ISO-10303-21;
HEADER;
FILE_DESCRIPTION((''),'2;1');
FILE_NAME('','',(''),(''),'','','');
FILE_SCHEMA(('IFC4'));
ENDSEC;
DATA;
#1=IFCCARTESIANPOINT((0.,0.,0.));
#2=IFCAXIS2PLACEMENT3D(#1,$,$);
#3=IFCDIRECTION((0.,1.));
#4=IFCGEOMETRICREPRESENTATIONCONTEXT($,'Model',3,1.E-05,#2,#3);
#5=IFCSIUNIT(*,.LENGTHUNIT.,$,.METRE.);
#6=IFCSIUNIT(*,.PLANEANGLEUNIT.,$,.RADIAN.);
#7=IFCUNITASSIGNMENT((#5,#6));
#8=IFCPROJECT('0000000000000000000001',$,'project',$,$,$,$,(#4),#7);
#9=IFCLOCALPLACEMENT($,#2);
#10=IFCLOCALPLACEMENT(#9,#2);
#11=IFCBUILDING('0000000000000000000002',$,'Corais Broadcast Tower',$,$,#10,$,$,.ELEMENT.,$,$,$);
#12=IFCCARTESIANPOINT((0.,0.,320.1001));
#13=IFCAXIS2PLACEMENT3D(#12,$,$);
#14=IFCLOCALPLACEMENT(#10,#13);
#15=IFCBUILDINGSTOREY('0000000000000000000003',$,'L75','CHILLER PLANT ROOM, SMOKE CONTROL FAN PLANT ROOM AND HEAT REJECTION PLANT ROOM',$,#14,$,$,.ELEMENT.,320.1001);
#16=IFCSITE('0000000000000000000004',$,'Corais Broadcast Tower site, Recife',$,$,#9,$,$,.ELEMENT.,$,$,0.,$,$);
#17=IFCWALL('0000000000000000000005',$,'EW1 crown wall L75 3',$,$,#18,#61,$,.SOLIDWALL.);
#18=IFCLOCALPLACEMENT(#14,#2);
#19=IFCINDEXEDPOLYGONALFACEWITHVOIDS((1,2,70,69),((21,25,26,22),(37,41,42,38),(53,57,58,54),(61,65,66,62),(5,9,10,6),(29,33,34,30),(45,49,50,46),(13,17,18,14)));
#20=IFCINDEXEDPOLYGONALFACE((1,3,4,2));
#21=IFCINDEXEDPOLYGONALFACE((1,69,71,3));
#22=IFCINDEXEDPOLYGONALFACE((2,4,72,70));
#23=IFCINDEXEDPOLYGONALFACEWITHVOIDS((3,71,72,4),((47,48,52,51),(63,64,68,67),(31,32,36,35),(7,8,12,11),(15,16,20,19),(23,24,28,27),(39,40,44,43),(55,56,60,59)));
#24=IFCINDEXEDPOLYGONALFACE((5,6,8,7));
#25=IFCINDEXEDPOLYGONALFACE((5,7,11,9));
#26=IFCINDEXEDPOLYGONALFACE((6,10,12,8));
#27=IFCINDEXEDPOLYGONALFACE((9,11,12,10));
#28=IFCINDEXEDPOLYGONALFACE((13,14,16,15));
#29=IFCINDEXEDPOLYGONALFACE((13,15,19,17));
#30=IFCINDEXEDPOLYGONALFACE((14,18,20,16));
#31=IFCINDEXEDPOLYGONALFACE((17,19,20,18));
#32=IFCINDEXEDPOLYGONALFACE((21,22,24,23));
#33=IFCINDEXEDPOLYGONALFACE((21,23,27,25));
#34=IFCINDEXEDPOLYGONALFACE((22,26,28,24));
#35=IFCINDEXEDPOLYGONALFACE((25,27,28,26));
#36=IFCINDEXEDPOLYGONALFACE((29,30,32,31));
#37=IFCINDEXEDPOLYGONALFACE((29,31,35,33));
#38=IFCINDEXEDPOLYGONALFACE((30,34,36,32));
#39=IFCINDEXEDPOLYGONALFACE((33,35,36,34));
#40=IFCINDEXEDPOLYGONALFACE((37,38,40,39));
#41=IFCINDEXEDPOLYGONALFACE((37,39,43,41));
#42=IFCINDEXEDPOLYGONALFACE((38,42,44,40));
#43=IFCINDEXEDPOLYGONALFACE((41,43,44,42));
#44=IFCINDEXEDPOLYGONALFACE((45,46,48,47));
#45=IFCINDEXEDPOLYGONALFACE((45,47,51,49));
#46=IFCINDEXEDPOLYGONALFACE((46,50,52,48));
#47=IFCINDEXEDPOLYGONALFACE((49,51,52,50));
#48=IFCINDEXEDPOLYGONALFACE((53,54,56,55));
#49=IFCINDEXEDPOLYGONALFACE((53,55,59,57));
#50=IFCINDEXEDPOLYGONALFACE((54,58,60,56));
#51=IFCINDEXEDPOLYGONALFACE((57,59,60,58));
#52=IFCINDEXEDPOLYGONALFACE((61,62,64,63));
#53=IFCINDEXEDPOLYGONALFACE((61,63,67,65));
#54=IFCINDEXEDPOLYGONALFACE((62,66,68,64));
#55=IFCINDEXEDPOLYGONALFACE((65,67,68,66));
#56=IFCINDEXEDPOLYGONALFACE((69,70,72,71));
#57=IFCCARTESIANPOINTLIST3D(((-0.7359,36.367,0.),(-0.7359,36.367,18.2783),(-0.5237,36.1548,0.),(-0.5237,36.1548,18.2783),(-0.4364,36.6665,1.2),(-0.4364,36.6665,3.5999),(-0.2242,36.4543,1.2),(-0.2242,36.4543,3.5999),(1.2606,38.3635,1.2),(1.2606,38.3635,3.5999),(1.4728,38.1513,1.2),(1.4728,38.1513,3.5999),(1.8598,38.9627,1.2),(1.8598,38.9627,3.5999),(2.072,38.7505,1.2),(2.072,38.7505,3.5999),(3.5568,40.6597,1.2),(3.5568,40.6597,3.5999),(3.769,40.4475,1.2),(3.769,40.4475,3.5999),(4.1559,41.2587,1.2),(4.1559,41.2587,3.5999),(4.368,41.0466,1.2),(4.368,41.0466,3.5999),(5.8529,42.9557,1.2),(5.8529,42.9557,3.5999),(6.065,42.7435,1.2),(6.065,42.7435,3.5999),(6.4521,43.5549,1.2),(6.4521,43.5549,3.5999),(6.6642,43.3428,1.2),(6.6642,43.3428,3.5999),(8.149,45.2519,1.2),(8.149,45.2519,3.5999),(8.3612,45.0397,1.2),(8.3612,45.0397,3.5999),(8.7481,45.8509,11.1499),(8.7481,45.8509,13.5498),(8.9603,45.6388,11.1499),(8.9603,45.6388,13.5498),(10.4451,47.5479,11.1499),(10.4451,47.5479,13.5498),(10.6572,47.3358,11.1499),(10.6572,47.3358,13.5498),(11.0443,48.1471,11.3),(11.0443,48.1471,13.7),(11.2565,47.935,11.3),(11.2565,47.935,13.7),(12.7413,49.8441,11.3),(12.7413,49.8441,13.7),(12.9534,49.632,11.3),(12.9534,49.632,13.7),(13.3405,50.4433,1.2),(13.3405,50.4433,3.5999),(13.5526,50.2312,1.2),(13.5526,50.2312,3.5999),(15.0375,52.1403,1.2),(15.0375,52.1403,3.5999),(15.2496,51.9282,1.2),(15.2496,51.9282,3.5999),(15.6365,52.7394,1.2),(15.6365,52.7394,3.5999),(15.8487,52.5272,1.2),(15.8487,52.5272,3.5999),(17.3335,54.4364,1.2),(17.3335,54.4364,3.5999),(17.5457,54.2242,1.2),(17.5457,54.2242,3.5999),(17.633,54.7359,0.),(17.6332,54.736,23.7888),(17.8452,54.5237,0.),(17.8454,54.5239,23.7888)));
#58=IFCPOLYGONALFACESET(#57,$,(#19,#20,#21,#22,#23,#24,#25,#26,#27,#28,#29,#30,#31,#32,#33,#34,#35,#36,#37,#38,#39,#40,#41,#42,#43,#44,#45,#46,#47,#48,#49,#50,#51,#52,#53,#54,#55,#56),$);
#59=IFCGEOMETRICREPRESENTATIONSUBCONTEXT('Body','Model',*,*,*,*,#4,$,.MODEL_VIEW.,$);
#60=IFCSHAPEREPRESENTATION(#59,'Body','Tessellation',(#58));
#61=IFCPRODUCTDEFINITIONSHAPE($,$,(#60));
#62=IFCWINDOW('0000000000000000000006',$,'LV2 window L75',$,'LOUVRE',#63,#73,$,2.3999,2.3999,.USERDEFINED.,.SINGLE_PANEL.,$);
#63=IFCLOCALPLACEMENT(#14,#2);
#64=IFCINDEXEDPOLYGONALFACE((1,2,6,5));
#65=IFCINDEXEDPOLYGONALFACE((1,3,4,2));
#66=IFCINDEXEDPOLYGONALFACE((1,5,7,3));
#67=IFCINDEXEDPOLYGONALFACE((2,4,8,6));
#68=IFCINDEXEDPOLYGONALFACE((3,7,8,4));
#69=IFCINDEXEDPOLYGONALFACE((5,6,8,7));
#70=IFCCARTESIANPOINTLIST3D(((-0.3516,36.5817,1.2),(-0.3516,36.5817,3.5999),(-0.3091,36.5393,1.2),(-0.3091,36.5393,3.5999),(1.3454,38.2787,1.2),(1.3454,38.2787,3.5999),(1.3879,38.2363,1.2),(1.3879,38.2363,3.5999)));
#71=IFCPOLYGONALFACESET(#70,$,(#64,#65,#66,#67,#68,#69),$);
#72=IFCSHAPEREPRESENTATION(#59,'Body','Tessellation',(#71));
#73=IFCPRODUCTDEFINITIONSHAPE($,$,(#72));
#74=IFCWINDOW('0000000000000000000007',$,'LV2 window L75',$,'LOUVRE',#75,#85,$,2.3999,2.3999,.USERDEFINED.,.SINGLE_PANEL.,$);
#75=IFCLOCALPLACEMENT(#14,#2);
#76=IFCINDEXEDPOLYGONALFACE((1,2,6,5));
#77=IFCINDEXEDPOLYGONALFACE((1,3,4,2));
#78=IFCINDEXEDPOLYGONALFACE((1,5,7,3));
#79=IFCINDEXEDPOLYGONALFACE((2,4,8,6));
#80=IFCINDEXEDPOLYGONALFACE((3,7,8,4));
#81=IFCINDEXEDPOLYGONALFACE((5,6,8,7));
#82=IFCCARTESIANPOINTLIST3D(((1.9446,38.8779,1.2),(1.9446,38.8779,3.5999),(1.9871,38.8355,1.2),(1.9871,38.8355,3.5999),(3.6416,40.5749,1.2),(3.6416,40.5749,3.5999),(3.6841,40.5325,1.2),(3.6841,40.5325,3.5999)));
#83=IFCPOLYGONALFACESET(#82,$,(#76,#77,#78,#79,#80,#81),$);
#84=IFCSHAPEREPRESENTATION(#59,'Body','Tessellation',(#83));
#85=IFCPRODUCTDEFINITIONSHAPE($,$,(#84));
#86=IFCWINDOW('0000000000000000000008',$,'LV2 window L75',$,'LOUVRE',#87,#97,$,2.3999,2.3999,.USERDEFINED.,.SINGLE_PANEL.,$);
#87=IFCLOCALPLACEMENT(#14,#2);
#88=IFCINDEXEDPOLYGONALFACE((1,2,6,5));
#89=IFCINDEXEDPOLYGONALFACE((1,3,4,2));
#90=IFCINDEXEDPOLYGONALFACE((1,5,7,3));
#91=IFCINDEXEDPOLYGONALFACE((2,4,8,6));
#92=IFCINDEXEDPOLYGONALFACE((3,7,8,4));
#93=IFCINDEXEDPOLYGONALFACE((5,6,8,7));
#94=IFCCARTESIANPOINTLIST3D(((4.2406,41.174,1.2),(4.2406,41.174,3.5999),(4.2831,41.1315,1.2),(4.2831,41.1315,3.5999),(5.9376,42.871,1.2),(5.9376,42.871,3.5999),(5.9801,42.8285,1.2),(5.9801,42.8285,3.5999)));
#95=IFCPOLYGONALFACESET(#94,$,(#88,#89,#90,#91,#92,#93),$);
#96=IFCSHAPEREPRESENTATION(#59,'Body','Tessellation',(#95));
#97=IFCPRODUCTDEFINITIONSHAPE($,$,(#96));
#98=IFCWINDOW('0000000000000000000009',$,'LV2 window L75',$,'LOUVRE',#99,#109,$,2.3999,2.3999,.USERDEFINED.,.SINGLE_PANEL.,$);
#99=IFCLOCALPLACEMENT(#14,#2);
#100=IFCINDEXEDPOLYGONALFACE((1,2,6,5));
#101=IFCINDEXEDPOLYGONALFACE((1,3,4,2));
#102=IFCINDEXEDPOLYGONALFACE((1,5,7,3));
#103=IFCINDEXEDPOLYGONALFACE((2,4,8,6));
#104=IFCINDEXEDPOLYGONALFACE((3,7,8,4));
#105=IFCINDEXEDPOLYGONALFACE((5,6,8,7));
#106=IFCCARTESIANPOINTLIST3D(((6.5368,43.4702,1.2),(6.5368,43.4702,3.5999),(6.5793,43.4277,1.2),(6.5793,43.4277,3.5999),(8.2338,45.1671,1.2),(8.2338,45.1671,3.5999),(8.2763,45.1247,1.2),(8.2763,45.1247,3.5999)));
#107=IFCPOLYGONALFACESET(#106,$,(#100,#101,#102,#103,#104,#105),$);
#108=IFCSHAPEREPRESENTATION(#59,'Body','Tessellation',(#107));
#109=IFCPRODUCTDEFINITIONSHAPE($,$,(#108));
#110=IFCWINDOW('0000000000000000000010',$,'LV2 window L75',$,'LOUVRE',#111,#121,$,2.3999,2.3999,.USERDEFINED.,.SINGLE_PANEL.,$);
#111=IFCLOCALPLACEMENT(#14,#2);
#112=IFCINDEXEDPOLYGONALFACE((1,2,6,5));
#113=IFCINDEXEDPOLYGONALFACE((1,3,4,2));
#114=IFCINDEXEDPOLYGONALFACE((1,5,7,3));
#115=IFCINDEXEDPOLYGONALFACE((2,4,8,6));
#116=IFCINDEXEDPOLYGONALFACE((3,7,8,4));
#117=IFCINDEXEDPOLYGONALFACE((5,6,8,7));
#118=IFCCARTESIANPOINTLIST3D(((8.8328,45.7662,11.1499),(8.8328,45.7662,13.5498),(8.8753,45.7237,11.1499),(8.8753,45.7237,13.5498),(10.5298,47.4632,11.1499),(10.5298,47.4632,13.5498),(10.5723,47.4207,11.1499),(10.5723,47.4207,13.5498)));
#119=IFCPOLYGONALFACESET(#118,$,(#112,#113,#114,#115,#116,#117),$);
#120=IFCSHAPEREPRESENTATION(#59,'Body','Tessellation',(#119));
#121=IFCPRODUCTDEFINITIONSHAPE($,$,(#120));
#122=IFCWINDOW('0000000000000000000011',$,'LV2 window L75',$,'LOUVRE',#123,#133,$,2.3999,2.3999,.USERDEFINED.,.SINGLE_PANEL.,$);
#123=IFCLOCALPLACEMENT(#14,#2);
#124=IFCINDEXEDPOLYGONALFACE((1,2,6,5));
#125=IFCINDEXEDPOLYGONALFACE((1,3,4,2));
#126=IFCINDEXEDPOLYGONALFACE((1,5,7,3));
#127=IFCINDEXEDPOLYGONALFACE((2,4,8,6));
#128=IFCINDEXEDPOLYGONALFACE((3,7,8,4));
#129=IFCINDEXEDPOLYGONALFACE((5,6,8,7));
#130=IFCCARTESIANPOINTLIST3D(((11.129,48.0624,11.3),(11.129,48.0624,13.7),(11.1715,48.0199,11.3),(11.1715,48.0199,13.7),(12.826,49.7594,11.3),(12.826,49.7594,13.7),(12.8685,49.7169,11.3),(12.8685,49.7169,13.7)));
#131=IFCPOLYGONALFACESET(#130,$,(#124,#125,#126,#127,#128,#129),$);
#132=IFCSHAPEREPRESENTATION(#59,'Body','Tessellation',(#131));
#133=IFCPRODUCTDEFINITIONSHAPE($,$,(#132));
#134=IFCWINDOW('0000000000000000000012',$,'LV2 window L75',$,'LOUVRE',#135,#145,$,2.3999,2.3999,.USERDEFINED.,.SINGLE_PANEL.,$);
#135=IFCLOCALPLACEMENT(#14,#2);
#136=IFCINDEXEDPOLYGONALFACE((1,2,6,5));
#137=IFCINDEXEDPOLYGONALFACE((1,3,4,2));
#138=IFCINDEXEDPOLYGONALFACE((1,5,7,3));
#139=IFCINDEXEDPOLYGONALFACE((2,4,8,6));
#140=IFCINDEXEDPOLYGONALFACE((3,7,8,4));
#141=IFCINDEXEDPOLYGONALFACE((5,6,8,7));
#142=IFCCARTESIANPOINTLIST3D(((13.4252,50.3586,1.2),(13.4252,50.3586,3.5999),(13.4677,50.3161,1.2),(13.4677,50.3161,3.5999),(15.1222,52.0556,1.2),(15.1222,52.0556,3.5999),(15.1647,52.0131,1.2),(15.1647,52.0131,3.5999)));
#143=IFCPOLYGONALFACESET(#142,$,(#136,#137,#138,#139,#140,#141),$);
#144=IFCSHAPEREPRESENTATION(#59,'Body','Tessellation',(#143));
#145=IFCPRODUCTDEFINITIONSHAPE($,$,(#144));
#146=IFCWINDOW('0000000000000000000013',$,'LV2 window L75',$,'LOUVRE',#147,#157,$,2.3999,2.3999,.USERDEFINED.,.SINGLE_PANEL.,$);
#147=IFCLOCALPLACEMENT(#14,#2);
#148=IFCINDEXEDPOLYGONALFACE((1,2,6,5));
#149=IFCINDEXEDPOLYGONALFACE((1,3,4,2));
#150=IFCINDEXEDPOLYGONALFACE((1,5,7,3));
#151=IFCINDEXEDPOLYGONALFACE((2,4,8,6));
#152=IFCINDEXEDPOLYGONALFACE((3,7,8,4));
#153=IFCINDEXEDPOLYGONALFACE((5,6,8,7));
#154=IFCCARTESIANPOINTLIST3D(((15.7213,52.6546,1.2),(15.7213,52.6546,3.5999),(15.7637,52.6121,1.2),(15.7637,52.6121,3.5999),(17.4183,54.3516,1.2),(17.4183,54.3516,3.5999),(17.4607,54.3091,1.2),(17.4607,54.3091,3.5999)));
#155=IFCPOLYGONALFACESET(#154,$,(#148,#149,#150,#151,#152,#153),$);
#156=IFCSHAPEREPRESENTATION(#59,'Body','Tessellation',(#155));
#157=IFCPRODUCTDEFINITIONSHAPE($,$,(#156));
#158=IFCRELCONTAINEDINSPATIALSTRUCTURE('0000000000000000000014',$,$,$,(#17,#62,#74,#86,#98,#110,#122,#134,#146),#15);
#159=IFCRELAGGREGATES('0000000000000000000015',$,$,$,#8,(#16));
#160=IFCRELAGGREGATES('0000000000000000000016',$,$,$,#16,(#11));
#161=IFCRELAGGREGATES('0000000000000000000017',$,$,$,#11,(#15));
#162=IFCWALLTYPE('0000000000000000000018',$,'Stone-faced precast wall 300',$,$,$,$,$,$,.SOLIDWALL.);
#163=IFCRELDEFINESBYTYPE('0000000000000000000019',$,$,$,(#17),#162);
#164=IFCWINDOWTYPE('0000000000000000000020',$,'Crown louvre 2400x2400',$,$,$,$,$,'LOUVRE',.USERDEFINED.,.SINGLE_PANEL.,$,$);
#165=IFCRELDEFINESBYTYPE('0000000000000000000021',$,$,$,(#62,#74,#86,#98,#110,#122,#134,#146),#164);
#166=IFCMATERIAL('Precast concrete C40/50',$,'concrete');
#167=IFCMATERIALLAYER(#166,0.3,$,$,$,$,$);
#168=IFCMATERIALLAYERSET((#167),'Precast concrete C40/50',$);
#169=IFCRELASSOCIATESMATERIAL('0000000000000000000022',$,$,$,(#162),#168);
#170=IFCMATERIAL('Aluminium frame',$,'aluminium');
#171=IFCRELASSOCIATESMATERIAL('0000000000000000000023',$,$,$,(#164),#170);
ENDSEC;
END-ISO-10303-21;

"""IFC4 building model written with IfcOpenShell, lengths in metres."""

from ifc_helpers import new_model, si_unit, direction, frame, frame_2d, origin, place, context, subcontext, project, spatial, polyline, rectangle, outline, extrude, material, layer, layer_set, type_object, element, fill, save


model = new_model("IFC4")

# Units and contexts
model_context = context("Model", 3, precision=1e-05, world=origin(), true_north=direction((0.0, 1.0)))
body_context = subcontext(model_context, "Body", "Model", "MODEL_VIEW")
ifc_project = project(units=[si_unit("LENGTHUNIT", "METRE"), si_unit("PLANEANGLEUNIT", "RADIAN")], contexts=[model_context])

# Site, building, storey
site_placement = place(None, origin())
site = spatial("IfcSite", under=ifc_project, at=site_placement, Name="Corais Broadcast Tower site, Recife", CompositionType="ELEMENT", RefElevation=0.0)
building_placement = place(site_placement, origin())
building = spatial("IfcBuilding", under=site, at=building_placement, Name="Corais Broadcast Tower", CompositionType="ELEMENT")
storey_placement = place(building_placement, frame((0.0, 0.0, 320.1001)))
storey = spatial("IfcBuildingStorey", under=building, at=storey_placement, Name="L75", Description="CHILLER PLANT ROOM, SMOKE CONTROL FAN PLANT ROOM AND HEAT REJECTION PLANT ROOM", CompositionType="ELEMENT", Elevation=320.1001)

# Wall, openings, windows
ifc_material_1 = material(Name="Precast concrete C40/50", Category="concrete")
ifc_layer = layer(ifc_material_1, 0.3)
ifc_layer_set = layer_set([ifc_layer], Name="Precast concrete C40/50")
wall_type = type_object("IfcWallType", Name="Stone-faced precast wall 300", PredefinedType="SOLIDWALL", material=ifc_layer_set)
wall_placement = place(storey_placement, frame((-0.6299, 36.261, 0.0), z_axis=(0.0, 0.0, 1.0), x_axis=(0.707107, 0.707107, 0.0)))
wall = element("IfcWall", 1, at=wall_placement, inside=storey, type_object=wall_type, Name="EW1 crown wall L75 3", PredefinedType="SOLIDWALL", context=body_context, shape_type="SweptSolid", body=[
    extrude(outline(polyline([(0.0, 0.0), (25.9775, 0.0), (25.9778, 23.7888), (0.0, 18.2783), (0.0, 0.0)])), frame((0.0, 0.1499, 0.0), z_axis=(0.0, -1.0, 0.0), x_axis=(1.0, 0.0, 0.0)), (0.0, 0.0, 1.0), 0.3),
])
opening_1_placement = place(wall_placement, frame((0.4236, 0.0, 1.2)))
opening_1 = element("IfcOpeningElement", 2, at=opening_1_placement, cuts=wall, PredefinedType="OPENING", context=body_context, shape_type="SweptSolid", body=[
    extrude(rectangle(XDim=2.3999, YDim=2.3999, at=frame_2d((1.2, 1.2))), frame((0.0, 0.1599, 0.0), z_axis=(0.0, -1.0, 0.0), x_axis=(1.0, 0.0, 0.0)), (0.0, 0.0, 1.0), 0.3201),
])
opening_2_placement = place(wall_placement, frame((3.6709, 0.0, 1.2)))
opening_2 = element("IfcOpeningElement", 3, at=opening_2_placement, cuts=wall, PredefinedType="OPENING", context=body_context, shape_type="SweptSolid", body=[
    extrude(rectangle(XDim=2.3999, YDim=2.3999, at=frame_2d((1.2, 1.2))), frame((0.0, 0.1599, 0.0), z_axis=(0.0, -1.0, 0.0), x_axis=(1.0, 0.0, 0.0)), (0.0, 0.0, 1.0), 0.3201),
])
opening_3_placement = place(wall_placement, frame((6.918, 0.0, 1.2)))
opening_3 = element("IfcOpeningElement", 4, at=opening_3_placement, cuts=wall, PredefinedType="OPENING", context=body_context, shape_type="SweptSolid", body=[
    extrude(rectangle(XDim=2.3999, YDim=2.3999, at=frame_2d((1.2, 1.2))), frame((0.0, 0.1599, 0.0), z_axis=(0.0, -1.0, 0.0), x_axis=(1.0, 0.0, 0.0)), (0.0, 0.0, 1.0), 0.3201),
])
opening_4_placement = place(wall_placement, frame((10.1653, 0.0, 1.2)))
opening_4 = element("IfcOpeningElement", 5, at=opening_4_placement, cuts=wall, PredefinedType="OPENING", context=body_context, shape_type="SweptSolid", body=[
    extrude(rectangle(XDim=2.3999, YDim=2.3999, at=frame_2d((1.2, 1.2))), frame((0.0, 0.1599, 0.0), z_axis=(0.0, -1.0, 0.0), x_axis=(1.0, 0.0, 0.0)), (0.0, 0.0, 1.0), 0.3201),
])
opening_5_placement = place(wall_placement, frame((13.4124, 0.0, 11.1499)))
opening_5 = element("IfcOpeningElement", 6, at=opening_5_placement, cuts=wall, PredefinedType="OPENING", context=body_context, shape_type="SweptSolid", body=[
    extrude(rectangle(XDim=2.3999, YDim=2.3999, at=frame_2d((1.2, 1.2))), frame((0.0, 0.1599, 0.0), z_axis=(0.0, -1.0, 0.0), x_axis=(1.0, 0.0, 0.0)), (0.0, 0.0, 1.0), 0.3201),
])
opening_6_placement = place(wall_placement, frame((16.6597, 0.0, 11.3)))
opening_6 = element("IfcOpeningElement", 7, at=opening_6_placement, cuts=wall, PredefinedType="OPENING", context=body_context, shape_type="SweptSolid", body=[
    extrude(rectangle(XDim=2.3999, YDim=2.3999, at=frame_2d((1.2, 1.2))), frame((0.0, 0.1599, 0.0), z_axis=(0.0, -1.0, 0.0), x_axis=(1.0, 0.0, 0.0)), (0.0, 0.0, 1.0), 0.3201),
])
opening_7_placement = place(wall_placement, frame((19.907, 0.0, 1.2)))
opening_7 = element("IfcOpeningElement", 8, at=opening_7_placement, cuts=wall, PredefinedType="OPENING", context=body_context, shape_type="SweptSolid", body=[
    extrude(rectangle(XDim=2.3999, YDim=2.3999, at=frame_2d((1.2, 1.2))), frame((0.0, 0.1599, 0.0), z_axis=(0.0, -1.0, 0.0), x_axis=(1.0, 0.0, 0.0)), (0.0, 0.0, 1.0), 0.3201),
])
opening_8_placement = place(wall_placement, frame((23.1541, 0.0, 1.2)))
opening_8 = element("IfcOpeningElement", 9, at=opening_8_placement, cuts=wall, PredefinedType="OPENING", context=body_context, shape_type="SweptSolid", body=[
    extrude(rectangle(XDim=2.3999, YDim=2.3999, at=frame_2d((1.2, 1.2))), frame((0.0, 0.1599, 0.0), z_axis=(0.0, -1.0, 0.0), x_axis=(1.0, 0.0, 0.0)), (0.0, 0.0, 1.0), 0.3201),
])
ifc_material_2 = material(Name="Aluminium frame", Category="aluminium")
window_type = type_object("IfcWindowType", Name="Crown louvre 2400x2400", ElementType="LOUVRE", PartitioningType="SINGLE_PANEL", PredefinedType="USERDEFINED", material=ifc_material_2)
window_1_placement = place(opening_1_placement, origin())
window_1 = element("IfcWindow", 10, at=window_1_placement, inside=storey, type_object=window_type, Name="LV2 window L75", ObjectType="LOUVRE", OverallHeight=2.3999, OverallWidth=2.3999, PartitioningType="SINGLE_PANEL", PredefinedType="USERDEFINED", context=body_context, shape_type="SweptSolid", body=[
    extrude(rectangle(XDim=2.3999, YDim=2.3999, at=frame_2d((1.2, 1.2))), frame((0.0, 0.03, 0.0), z_axis=(0.0, -1.0, 0.0), x_axis=(1.0, 0.0, 0.0)), (0.0, 0.0, 1.0), 0.0601),
])
fill(opening_1, window_1)
window_2_placement = place(opening_2_placement, origin())
window_2 = element("IfcWindow", 11, at=window_2_placement, inside=storey, type_object=window_type, Name="LV2 window L75", ObjectType="LOUVRE", OverallHeight=2.3999, OverallWidth=2.3999, PartitioningType="SINGLE_PANEL", PredefinedType="USERDEFINED", context=body_context, shape_type="SweptSolid", body=[
    extrude(rectangle(XDim=2.3999, YDim=2.3999, at=frame_2d((1.2, 1.2))), frame((0.0, 0.03, 0.0), z_axis=(0.0, -1.0, 0.0), x_axis=(1.0, 0.0, 0.0)), (0.0, 0.0, 1.0), 0.0601),
])
fill(opening_2, window_2)
window_3_placement = place(opening_3_placement, origin())
window_3 = element("IfcWindow", 12, at=window_3_placement, inside=storey, type_object=window_type, Name="LV2 window L75", ObjectType="LOUVRE", OverallHeight=2.3999, OverallWidth=2.3999, PartitioningType="SINGLE_PANEL", PredefinedType="USERDEFINED", context=body_context, shape_type="SweptSolid", body=[
    extrude(rectangle(XDim=2.3999, YDim=2.3999, at=frame_2d((1.2, 1.2))), frame((0.0, 0.03, 0.0), z_axis=(0.0, -1.0, 0.0), x_axis=(1.0, 0.0, 0.0)), (0.0, 0.0, 1.0), 0.0601),
])
fill(opening_3, window_3)
window_4_placement = place(opening_4_placement, origin())
window_4 = element("IfcWindow", 13, at=window_4_placement, inside=storey, type_object=window_type, Name="LV2 window L75", ObjectType="LOUVRE", OverallHeight=2.3999, OverallWidth=2.3999, PartitioningType="SINGLE_PANEL", PredefinedType="USERDEFINED", context=body_context, shape_type="SweptSolid", body=[
    extrude(rectangle(XDim=2.3999, YDim=2.3999, at=frame_2d((1.2, 1.2))), frame((0.0, 0.03, 0.0), z_axis=(0.0, -1.0, 0.0), x_axis=(1.0, 0.0, 0.0)), (0.0, 0.0, 1.0), 0.0601),
])
fill(opening_4, window_4)
window_5_placement = place(opening_5_placement, origin())
window_5 = element("IfcWindow", 14, at=window_5_placement, inside=storey, type_object=window_type, Name="LV2 window L75", ObjectType="LOUVRE", OverallHeight=2.3999, OverallWidth=2.3999, PartitioningType="SINGLE_PANEL", PredefinedType="USERDEFINED", context=body_context, shape_type="SweptSolid", body=[
    extrude(rectangle(XDim=2.3999, YDim=2.3999, at=frame_2d((1.2, 1.2))), frame((0.0, 0.03, 0.0), z_axis=(0.0, -1.0, 0.0), x_axis=(1.0, 0.0, 0.0)), (0.0, 0.0, 1.0), 0.0601),
])
fill(opening_5, window_5)
window_6_placement = place(opening_6_placement, origin())
window_6 = element("IfcWindow", 15, at=window_6_placement, inside=storey, type_object=window_type, Name="LV2 window L75", ObjectType="LOUVRE", OverallHeight=2.3999, OverallWidth=2.3999, PartitioningType="SINGLE_PANEL", PredefinedType="USERDEFINED", context=body_context, shape_type="SweptSolid", body=[
    extrude(rectangle(XDim=2.3999, YDim=2.3999, at=frame_2d((1.2, 1.2))), frame((0.0, 0.03, 0.0), z_axis=(0.0, -1.0, 0.0), x_axis=(1.0, 0.0, 0.0)), (0.0, 0.0, 1.0), 0.0601),
])
fill(opening_6, window_6)
window_7_placement = place(opening_7_placement, origin())
window_7 = element("IfcWindow", 16, at=window_7_placement, inside=storey, type_object=window_type, Name="LV2 window L75", ObjectType="LOUVRE", OverallHeight=2.3999, OverallWidth=2.3999, PartitioningType="SINGLE_PANEL", PredefinedType="USERDEFINED", context=body_context, shape_type="SweptSolid", body=[
    extrude(rectangle(XDim=2.3999, YDim=2.3999, at=frame_2d((1.2, 1.2))), frame((0.0, 0.03, 0.0), z_axis=(0.0, -1.0, 0.0), x_axis=(1.0, 0.0, 0.0)), (0.0, 0.0, 1.0), 0.0601),
])
fill(opening_7, window_7)
window_8_placement = place(opening_8_placement, origin())
window_8 = element("IfcWindow", 17, at=window_8_placement, inside=storey, type_object=window_type, Name="LV2 window L75", ObjectType="LOUVRE", OverallHeight=2.3999, OverallWidth=2.3999, PartitioningType="SINGLE_PANEL", PredefinedType="USERDEFINED", context=body_context, shape_type="SweptSolid", body=[
    extrude(rectangle(XDim=2.3999, YDim=2.3999, at=frame_2d((1.2, 1.2))), frame((0.0, 0.03, 0.0), z_axis=(0.0, -1.0, 0.0), x_axis=(1.0, 0.0, 0.0)), (0.0, 0.0, 1.0), 0.0601),
])
fill(opening_8, window_8)

save(model, "model.ifc")
